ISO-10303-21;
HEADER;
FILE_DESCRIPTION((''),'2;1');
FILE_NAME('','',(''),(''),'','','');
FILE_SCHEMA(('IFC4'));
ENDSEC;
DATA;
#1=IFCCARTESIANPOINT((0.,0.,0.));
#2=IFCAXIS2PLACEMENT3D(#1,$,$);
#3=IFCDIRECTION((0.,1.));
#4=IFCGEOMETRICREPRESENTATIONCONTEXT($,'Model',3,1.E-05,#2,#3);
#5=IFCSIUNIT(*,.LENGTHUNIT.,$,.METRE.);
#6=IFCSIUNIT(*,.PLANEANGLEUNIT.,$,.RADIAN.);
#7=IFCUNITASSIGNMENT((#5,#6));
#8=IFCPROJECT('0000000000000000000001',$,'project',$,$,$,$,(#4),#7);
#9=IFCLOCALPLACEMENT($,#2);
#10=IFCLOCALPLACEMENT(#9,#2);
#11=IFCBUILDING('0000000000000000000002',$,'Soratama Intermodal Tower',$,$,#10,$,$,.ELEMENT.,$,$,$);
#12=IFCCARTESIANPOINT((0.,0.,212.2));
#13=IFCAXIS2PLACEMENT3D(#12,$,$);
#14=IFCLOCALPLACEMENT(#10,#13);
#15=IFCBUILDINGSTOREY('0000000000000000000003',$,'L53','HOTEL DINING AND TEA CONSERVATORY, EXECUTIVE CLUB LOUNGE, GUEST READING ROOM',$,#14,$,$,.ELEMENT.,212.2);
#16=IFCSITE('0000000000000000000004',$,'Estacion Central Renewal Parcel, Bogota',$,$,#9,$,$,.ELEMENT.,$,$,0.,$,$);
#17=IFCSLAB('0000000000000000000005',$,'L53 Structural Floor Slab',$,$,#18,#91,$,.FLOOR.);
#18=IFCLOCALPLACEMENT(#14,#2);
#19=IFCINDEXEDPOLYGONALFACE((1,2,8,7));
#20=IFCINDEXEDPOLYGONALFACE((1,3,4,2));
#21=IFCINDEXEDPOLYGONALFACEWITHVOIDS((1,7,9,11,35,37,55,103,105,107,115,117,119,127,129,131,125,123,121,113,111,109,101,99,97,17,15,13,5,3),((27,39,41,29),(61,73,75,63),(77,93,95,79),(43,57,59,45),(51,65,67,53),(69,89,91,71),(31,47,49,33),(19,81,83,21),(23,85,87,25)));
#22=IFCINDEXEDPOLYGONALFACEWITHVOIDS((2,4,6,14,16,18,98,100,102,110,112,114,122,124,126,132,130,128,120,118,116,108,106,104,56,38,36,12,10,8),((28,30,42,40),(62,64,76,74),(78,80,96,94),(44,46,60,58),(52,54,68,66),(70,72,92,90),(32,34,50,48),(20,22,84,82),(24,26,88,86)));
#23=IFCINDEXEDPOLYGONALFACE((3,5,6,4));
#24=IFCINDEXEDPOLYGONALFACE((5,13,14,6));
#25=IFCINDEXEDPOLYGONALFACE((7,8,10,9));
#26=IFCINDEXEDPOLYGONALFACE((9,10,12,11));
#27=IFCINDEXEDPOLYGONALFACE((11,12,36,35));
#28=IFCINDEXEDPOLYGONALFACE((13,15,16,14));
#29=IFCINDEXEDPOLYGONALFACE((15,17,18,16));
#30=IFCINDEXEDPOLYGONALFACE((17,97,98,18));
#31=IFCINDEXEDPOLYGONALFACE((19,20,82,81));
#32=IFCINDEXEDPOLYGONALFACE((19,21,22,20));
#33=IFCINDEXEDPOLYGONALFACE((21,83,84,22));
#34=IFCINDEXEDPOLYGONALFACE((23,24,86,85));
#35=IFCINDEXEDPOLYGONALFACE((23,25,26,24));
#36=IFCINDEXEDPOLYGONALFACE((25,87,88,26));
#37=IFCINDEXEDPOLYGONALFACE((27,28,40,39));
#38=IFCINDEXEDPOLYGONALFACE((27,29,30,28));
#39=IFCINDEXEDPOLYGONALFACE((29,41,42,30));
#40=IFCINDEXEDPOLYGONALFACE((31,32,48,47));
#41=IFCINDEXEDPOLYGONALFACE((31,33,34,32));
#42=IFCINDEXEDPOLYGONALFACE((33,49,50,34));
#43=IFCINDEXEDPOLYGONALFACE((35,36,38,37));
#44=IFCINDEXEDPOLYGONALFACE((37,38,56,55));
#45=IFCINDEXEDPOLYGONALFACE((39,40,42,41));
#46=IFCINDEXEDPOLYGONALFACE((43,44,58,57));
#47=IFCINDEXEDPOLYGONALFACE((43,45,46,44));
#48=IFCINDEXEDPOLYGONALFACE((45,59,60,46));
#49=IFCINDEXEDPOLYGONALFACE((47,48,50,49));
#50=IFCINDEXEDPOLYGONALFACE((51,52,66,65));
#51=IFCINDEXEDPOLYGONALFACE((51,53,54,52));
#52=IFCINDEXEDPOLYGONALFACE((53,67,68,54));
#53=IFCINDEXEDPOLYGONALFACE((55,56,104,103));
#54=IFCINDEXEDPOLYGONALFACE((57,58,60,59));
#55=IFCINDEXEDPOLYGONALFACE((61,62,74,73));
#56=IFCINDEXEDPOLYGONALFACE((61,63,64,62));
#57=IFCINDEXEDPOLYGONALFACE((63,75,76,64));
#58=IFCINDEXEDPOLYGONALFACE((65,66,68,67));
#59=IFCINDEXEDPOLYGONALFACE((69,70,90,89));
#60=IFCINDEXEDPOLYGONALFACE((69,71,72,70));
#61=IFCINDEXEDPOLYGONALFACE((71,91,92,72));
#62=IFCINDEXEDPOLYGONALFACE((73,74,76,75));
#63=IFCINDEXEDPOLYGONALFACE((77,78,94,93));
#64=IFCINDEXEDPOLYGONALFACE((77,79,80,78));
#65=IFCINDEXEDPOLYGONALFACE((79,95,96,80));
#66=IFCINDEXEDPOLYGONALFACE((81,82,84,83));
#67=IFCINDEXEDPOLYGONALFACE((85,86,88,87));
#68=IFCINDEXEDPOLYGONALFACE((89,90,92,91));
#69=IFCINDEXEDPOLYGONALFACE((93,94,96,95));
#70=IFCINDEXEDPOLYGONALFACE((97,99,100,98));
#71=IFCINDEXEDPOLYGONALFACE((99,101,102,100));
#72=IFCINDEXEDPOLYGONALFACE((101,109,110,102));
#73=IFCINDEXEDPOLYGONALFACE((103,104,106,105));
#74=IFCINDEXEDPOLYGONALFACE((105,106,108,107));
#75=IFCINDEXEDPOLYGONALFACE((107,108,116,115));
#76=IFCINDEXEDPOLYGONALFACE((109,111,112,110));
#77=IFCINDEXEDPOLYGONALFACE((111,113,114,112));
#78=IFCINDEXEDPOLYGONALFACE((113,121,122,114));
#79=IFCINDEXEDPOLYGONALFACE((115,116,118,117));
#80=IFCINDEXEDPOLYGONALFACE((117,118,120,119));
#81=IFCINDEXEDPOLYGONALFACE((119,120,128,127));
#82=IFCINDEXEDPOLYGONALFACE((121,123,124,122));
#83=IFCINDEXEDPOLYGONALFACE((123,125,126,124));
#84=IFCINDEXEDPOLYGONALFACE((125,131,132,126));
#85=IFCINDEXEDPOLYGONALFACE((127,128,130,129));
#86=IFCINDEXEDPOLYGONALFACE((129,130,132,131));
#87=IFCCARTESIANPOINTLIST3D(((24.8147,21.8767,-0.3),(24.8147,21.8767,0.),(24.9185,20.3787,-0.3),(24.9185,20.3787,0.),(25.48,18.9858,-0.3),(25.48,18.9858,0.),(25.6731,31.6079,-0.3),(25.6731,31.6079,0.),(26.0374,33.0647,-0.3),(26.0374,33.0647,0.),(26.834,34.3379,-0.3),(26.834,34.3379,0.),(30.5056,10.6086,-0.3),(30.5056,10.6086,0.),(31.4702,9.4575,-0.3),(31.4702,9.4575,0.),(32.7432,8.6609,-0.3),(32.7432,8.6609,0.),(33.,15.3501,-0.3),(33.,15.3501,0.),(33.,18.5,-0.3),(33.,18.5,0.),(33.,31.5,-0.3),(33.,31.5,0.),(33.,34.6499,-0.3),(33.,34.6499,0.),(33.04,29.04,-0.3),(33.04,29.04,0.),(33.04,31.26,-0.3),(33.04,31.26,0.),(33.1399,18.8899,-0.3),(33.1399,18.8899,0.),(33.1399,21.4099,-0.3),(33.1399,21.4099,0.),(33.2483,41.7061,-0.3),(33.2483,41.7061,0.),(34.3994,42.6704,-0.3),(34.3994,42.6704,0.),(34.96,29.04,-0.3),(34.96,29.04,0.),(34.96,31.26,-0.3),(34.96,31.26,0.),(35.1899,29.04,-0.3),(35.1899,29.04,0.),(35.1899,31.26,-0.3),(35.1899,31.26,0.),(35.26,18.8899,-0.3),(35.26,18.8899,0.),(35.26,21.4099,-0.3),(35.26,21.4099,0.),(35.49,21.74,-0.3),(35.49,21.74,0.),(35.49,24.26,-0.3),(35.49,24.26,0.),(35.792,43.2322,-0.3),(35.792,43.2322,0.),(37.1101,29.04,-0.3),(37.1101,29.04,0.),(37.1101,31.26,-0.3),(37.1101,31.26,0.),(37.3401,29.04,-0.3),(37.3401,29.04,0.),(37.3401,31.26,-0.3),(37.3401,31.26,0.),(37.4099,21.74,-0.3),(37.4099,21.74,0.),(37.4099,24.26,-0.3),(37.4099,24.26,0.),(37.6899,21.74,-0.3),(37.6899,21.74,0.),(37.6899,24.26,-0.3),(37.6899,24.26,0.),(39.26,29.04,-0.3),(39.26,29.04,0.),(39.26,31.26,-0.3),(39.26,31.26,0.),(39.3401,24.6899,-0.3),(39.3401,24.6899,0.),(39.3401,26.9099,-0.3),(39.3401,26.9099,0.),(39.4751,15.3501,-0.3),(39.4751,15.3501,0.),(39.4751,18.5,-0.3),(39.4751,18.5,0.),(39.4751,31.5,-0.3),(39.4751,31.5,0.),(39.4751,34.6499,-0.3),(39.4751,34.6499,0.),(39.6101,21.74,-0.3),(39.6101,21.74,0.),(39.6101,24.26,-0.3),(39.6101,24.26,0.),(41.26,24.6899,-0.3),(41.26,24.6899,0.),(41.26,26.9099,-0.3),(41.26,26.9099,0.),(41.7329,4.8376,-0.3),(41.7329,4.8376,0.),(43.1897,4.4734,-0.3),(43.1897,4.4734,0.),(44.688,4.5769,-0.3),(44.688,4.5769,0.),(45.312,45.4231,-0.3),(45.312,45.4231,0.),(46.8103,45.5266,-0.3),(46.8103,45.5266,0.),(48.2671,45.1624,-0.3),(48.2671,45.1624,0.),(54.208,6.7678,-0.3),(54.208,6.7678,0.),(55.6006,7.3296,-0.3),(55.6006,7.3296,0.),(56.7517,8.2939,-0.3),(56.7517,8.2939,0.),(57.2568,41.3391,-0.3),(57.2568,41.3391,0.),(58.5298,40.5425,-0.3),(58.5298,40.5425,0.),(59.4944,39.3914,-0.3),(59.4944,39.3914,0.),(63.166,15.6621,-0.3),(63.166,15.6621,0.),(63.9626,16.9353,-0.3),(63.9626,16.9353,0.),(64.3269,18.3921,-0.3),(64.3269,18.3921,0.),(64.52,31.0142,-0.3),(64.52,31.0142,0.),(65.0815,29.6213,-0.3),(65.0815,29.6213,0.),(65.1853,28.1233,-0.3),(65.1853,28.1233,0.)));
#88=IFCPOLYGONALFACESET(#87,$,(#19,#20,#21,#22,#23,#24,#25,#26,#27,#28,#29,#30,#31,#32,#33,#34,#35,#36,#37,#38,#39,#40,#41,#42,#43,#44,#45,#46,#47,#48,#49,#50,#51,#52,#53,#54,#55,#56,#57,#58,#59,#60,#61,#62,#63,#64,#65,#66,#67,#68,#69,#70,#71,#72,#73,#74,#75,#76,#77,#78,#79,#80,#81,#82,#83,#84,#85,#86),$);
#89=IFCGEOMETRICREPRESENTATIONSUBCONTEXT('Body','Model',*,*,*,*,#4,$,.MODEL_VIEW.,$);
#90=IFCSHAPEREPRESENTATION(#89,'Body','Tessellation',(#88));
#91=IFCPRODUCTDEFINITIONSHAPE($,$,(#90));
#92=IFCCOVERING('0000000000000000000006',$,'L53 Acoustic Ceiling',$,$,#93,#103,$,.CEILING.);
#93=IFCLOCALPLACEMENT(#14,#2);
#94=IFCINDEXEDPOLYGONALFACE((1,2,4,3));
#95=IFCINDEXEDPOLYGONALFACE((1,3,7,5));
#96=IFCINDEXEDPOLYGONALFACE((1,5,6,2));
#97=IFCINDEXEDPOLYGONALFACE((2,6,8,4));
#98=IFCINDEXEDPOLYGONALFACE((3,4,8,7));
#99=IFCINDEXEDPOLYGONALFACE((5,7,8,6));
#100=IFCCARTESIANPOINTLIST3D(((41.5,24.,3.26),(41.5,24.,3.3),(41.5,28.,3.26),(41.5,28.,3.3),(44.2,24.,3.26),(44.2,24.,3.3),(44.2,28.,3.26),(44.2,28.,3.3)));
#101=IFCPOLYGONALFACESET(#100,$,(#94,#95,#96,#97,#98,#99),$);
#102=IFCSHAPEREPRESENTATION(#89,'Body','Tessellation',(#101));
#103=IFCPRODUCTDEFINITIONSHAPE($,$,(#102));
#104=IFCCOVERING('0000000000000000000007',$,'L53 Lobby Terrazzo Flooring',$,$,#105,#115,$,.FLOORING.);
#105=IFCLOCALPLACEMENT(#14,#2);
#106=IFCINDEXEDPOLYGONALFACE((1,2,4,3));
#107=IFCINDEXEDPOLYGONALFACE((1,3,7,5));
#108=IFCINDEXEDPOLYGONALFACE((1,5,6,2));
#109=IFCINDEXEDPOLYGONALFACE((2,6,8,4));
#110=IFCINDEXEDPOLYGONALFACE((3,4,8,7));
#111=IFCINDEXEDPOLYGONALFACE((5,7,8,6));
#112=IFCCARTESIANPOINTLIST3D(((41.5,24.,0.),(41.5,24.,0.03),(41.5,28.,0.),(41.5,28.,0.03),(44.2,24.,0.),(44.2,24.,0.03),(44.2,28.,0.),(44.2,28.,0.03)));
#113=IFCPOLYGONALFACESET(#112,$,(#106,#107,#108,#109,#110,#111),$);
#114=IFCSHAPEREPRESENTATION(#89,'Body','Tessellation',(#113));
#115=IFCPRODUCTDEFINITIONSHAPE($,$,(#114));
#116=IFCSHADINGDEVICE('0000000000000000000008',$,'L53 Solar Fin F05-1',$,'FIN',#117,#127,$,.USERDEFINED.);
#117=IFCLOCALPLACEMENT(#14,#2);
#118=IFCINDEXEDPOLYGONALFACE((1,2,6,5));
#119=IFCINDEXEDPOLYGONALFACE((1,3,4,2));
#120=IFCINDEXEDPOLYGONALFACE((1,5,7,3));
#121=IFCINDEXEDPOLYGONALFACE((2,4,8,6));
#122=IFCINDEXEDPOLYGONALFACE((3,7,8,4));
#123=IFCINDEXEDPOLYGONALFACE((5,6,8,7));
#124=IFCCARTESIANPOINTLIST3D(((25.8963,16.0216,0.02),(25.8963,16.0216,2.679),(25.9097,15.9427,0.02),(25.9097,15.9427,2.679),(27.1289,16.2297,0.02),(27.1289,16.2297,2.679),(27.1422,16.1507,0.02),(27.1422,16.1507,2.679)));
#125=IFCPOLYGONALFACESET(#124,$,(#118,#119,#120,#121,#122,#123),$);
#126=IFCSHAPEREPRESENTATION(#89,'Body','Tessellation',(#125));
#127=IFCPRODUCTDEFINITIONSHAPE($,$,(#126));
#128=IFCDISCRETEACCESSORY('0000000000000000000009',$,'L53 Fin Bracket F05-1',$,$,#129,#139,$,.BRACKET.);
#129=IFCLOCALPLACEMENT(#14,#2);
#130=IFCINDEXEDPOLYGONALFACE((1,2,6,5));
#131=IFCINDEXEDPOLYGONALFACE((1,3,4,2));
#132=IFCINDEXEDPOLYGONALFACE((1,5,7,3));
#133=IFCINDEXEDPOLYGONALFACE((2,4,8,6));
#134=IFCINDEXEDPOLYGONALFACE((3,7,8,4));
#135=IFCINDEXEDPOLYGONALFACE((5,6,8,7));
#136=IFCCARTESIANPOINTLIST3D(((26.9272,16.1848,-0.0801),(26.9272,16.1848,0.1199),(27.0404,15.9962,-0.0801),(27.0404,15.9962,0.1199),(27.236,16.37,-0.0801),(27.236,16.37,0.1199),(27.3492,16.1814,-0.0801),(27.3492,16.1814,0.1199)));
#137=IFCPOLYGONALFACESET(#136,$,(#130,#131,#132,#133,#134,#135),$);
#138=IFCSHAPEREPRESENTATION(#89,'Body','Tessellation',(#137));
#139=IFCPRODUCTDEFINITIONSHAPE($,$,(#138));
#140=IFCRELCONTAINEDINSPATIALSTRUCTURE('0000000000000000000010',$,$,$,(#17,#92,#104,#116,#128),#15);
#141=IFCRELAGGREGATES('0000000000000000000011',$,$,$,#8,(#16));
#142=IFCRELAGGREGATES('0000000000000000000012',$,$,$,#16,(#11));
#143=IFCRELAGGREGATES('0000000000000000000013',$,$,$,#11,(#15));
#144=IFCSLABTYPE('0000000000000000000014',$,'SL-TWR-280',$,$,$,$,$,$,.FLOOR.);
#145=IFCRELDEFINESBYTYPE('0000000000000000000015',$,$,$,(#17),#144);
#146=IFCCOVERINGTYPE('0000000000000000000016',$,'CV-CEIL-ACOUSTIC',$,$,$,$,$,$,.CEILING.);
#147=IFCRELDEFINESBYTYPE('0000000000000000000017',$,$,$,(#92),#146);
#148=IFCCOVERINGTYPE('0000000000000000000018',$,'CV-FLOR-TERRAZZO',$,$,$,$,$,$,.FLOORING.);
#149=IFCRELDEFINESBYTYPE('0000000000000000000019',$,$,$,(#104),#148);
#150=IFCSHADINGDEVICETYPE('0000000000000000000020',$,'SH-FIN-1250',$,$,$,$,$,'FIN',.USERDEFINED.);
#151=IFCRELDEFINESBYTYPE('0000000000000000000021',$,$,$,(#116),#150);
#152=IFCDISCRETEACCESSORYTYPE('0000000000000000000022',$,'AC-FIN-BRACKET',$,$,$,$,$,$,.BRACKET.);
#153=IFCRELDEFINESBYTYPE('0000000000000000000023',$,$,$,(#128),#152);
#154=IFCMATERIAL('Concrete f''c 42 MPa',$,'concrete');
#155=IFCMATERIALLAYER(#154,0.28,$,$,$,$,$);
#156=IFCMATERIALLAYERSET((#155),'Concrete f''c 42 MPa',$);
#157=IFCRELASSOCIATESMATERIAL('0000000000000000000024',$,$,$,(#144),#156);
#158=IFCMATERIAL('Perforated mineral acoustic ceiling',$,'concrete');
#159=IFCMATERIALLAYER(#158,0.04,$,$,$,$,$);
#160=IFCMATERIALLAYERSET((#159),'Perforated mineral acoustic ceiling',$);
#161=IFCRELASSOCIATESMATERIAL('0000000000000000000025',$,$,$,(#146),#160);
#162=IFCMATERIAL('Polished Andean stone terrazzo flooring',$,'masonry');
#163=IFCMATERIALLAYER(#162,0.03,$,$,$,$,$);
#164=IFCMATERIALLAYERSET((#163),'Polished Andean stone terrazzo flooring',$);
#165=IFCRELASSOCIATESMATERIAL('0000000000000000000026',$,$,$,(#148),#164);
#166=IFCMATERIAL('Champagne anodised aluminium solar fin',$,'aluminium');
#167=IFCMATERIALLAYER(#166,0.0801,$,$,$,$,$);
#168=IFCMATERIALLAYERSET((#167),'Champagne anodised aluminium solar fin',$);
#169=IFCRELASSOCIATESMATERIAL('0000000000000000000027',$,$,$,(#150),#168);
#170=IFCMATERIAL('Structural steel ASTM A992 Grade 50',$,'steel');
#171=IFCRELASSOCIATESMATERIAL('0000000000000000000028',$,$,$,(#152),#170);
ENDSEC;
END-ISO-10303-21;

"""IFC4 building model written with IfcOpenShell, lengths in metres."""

from ifc_helpers import new_model, si_unit, direction, frame, origin, origin_2d, place, context, subcontext, project, spatial, polyline, rectangle, outline, extrude, material, layer, layer_set, type_object, element, save


model = new_model("IFC4")

# Units and contexts
model_context = context("Model", 3, precision=1e-05, world=origin(), true_north=direction((0.0, 1.0)))
body_context = subcontext(model_context, "Body", "Model", "MODEL_VIEW")
ifc_project = project(units=[si_unit("LENGTHUNIT", "METRE"), si_unit("PLANEANGLEUNIT", "RADIAN")], contexts=[model_context])

# Site, building, storey
site_placement = place(None, origin())
site = spatial("IfcSite", under=ifc_project, at=site_placement, Name="Estacion Central Renewal Parcel, Bogota", CompositionType="ELEMENT", RefElevation=0.0)
building_placement = place(site_placement, origin())
building = spatial("IfcBuilding", under=site, at=building_placement, Name="Soratama Intermodal Tower", CompositionType="ELEMENT")
storey_placement = place(building_placement, frame((0.0, 0.0, 212.2)))
storey = spatial("IfcBuildingStorey", under=building, at=storey_placement, Name="L53", Description="HOTEL DINING AND TEA CONSERVATORY, EXECUTIVE CLUB LOUNGE, GUEST READING ROOM", CompositionType="ELEMENT", Elevation=212.2)

# Slab
ifc_material_1 = material(Name="Concrete f'c 42 MPa", Category="concrete")
ifc_layer_1 = layer(ifc_material_1, 0.28)
ifc_layer_set_1 = layer_set([ifc_layer_1], Name="Concrete f'c 42 MPa")
slab_type_1 = type_object("IfcSlabType", Name="SL-TWR-280", PredefinedType="FLOOR", material=ifc_layer_set_1)
slab_1_placement = place(storey_placement, frame((0.0, 0.0, -0.3)))
element("IfcSlab", 1, at=slab_1_placement, inside=storey, type_object=slab_type_1, Name="L53 Structural Floor Slab", PredefinedType="FLOOR", context=body_context, shape_type="SweptSolid", body=[
    extrude(outline(polyline([(59.4944, 39.3914), (58.5298, 40.5425), (57.2568, 41.3391), (48.2671, 45.1624), (46.8103, 45.5266), (45.312, 45.4231), (35.792, 43.2322), (34.3994, 42.6704), (33.2483, 41.7061), (26.834, 34.3379), (26.0374, 33.0647), (25.6731, 31.6079), (24.8147, 21.8767), (24.9185, 20.3787), (25.48, 18.9858), (30.5056, 10.6086), (31.4702, 9.4575), (32.7432, 8.6609), (41.7329, 4.8376), (43.1897, 4.4734), (44.688, 4.5769), (54.208, 6.7678), (55.6006, 7.3296), (56.7517, 8.2939), (63.166, 15.6621), (63.9626, 16.9353), (64.3269, 18.3921), (65.1853, 28.1233), (65.0815, 29.6213), (64.52, 31.0142), (59.4944, 39.3914)]), holes=[polyline([(33.0, 18.5), (33.0, 15.3501), (39.4751, 15.3501), (39.4751, 18.5), (33.0, 18.5)]), polyline([(35.26, 21.4099), (33.1399, 21.4099), (33.1399, 18.8899), (35.26, 18.8899), (35.26, 21.4099)]), polyline([(37.4099, 24.26), (35.49, 24.26), (35.49, 21.74), (37.4099, 21.74), (37.4099, 24.26)]), polyline([(39.6101, 24.26), (37.6899, 24.26), (37.6899, 21.74), (39.6101, 21.74), (39.6101, 24.26)]), polyline([(41.26, 26.9099), (39.3401, 26.9099), (39.3401, 24.6899), (41.26, 24.6899), (41.26, 26.9099)]), polyline([(34.96, 31.26), (33.04, 31.26), (33.04, 29.04), (34.96, 29.04), (34.96, 31.26)]), polyline([(37.1101, 31.26), (35.1899, 31.26), (35.1899, 29.04), (37.1101, 29.04), (37.1101, 31.26)]), polyline([(39.26, 29.04), (39.26, 31.26), (37.3401, 31.26), (37.3401, 29.04), (39.26, 29.04)]), polyline([(39.4751, 34.6499), (33.0, 34.6499), (33.0, 31.5), (39.4751, 31.5), (39.4751, 34.6499)])]), origin(), (0.0, 0.0, 1.0), 0.3),
])

# Coverings
ifc_material_2 = material(Name="Perforated mineral acoustic ceiling", Category="concrete")
ifc_layer_2 = layer(ifc_material_2, 0.04)
ifc_layer_set_2 = layer_set([ifc_layer_2], Name="Perforated mineral acoustic ceiling")
covering_type_1 = type_object("IfcCoveringType", Name="CV-CEIL-ACOUSTIC", PredefinedType="CEILING", material=ifc_layer_set_2)
covering_1_placement = place(storey_placement, frame((0.0, 0.0, 3.26)))
element("IfcCovering", 2, at=covering_1_placement, inside=storey, type_object=covering_type_1, Name="L53 Acoustic Ceiling", PredefinedType="CEILING", context=body_context, shape_type="SweptSolid", body=[
    extrude(outline(polyline([(41.5, 24.0), (44.2, 24.0), (44.2, 28.0), (41.5, 28.0), (41.5, 24.0)])), origin(), (0.0, 0.0, 1.0), 0.04),
])
ifc_material_3 = material(Name="Polished Andean stone terrazzo flooring", Category="masonry")
ifc_layer_3 = layer(ifc_material_3, 0.03)
ifc_layer_set_3 = layer_set([ifc_layer_3], Name="Polished Andean stone terrazzo flooring")
covering_type_2 = type_object("IfcCoveringType", Name="CV-FLOR-TERRAZZO", PredefinedType="FLOORING", material=ifc_layer_set_3)
covering_2_placement = place(storey_placement, origin())
element("IfcCovering", 3, at=covering_2_placement, inside=storey, type_object=covering_type_2, Name="L53 Lobby Terrazzo Flooring", PredefinedType="FLOORING", context=body_context, shape_type="SweptSolid", body=[
    extrude(outline(polyline([(41.5, 24.0), (44.2, 24.0), (44.2, 28.0), (41.5, 28.0), (41.5, 24.0)])), origin(), (0.0, 0.0, 1.0), 0.03),
])

# Shading device
ifc_material_4 = material(Name="Champagne anodised aluminium solar fin", Category="aluminium")
ifc_layer_4 = layer(ifc_material_4, 0.0801)
ifc_layer_set_4 = layer_set([ifc_layer_4], Name="Champagne anodised aluminium solar fin")
shading_device_type = type_object("IfcShadingDeviceType", Name="SH-FIN-1250", ElementType="FIN", PredefinedType="USERDEFINED", material=ifc_layer_set_4)
shading_device_placement = place(storey_placement, frame((26.5193, 16.0862, 0.02), z_axis=(0.0, 0.0, 1.0), x_axis=(-0.986054, -0.166425, 0.0)))
element("IfcShadingDevice", 4, at=shading_device_placement, inside=storey, type_object=shading_device_type, Name="L53 Solar Fin F05-1", ObjectType="FIN", PredefinedType="USERDEFINED", context=body_context, shape_type="SweptSolid", body=[
    extrude(rectangle(XDim=1.25, YDim=0.0801, at=origin_2d()), origin(), (0.0, 0.0, 1.0), 2.6589),
])

# Discrete accessory
ifc_material_5 = material(Name="Structural steel ASTM A992 Grade 50", Category="steel")
discrete_accessory_type = type_object("IfcDiscreteAccessoryType", Name="AC-FIN-BRACKET", PredefinedType="BRACKET", material=ifc_material_5)
discrete_accessory_placement = place(storey_placement, frame((27.1382, 16.1831, -0.0801), z_axis=(0.0, 0.0, 1.0), x_axis=(-0.857527, -0.51444, 0.0)))
element("IfcDiscreteAccessory", 5, at=discrete_accessory_placement, inside=storey, type_object=discrete_accessory_type, Name="L53 Fin Bracket F05-1", PredefinedType="BRACKET", context=body_context, shape_type="SweptSolid", body=[
    extrude(rectangle(XDim=0.3601, YDim=0.22, at=origin_2d()), origin(), (0.0, 0.0, 1.0), 0.2),
])

save(model, "model.ifc")
